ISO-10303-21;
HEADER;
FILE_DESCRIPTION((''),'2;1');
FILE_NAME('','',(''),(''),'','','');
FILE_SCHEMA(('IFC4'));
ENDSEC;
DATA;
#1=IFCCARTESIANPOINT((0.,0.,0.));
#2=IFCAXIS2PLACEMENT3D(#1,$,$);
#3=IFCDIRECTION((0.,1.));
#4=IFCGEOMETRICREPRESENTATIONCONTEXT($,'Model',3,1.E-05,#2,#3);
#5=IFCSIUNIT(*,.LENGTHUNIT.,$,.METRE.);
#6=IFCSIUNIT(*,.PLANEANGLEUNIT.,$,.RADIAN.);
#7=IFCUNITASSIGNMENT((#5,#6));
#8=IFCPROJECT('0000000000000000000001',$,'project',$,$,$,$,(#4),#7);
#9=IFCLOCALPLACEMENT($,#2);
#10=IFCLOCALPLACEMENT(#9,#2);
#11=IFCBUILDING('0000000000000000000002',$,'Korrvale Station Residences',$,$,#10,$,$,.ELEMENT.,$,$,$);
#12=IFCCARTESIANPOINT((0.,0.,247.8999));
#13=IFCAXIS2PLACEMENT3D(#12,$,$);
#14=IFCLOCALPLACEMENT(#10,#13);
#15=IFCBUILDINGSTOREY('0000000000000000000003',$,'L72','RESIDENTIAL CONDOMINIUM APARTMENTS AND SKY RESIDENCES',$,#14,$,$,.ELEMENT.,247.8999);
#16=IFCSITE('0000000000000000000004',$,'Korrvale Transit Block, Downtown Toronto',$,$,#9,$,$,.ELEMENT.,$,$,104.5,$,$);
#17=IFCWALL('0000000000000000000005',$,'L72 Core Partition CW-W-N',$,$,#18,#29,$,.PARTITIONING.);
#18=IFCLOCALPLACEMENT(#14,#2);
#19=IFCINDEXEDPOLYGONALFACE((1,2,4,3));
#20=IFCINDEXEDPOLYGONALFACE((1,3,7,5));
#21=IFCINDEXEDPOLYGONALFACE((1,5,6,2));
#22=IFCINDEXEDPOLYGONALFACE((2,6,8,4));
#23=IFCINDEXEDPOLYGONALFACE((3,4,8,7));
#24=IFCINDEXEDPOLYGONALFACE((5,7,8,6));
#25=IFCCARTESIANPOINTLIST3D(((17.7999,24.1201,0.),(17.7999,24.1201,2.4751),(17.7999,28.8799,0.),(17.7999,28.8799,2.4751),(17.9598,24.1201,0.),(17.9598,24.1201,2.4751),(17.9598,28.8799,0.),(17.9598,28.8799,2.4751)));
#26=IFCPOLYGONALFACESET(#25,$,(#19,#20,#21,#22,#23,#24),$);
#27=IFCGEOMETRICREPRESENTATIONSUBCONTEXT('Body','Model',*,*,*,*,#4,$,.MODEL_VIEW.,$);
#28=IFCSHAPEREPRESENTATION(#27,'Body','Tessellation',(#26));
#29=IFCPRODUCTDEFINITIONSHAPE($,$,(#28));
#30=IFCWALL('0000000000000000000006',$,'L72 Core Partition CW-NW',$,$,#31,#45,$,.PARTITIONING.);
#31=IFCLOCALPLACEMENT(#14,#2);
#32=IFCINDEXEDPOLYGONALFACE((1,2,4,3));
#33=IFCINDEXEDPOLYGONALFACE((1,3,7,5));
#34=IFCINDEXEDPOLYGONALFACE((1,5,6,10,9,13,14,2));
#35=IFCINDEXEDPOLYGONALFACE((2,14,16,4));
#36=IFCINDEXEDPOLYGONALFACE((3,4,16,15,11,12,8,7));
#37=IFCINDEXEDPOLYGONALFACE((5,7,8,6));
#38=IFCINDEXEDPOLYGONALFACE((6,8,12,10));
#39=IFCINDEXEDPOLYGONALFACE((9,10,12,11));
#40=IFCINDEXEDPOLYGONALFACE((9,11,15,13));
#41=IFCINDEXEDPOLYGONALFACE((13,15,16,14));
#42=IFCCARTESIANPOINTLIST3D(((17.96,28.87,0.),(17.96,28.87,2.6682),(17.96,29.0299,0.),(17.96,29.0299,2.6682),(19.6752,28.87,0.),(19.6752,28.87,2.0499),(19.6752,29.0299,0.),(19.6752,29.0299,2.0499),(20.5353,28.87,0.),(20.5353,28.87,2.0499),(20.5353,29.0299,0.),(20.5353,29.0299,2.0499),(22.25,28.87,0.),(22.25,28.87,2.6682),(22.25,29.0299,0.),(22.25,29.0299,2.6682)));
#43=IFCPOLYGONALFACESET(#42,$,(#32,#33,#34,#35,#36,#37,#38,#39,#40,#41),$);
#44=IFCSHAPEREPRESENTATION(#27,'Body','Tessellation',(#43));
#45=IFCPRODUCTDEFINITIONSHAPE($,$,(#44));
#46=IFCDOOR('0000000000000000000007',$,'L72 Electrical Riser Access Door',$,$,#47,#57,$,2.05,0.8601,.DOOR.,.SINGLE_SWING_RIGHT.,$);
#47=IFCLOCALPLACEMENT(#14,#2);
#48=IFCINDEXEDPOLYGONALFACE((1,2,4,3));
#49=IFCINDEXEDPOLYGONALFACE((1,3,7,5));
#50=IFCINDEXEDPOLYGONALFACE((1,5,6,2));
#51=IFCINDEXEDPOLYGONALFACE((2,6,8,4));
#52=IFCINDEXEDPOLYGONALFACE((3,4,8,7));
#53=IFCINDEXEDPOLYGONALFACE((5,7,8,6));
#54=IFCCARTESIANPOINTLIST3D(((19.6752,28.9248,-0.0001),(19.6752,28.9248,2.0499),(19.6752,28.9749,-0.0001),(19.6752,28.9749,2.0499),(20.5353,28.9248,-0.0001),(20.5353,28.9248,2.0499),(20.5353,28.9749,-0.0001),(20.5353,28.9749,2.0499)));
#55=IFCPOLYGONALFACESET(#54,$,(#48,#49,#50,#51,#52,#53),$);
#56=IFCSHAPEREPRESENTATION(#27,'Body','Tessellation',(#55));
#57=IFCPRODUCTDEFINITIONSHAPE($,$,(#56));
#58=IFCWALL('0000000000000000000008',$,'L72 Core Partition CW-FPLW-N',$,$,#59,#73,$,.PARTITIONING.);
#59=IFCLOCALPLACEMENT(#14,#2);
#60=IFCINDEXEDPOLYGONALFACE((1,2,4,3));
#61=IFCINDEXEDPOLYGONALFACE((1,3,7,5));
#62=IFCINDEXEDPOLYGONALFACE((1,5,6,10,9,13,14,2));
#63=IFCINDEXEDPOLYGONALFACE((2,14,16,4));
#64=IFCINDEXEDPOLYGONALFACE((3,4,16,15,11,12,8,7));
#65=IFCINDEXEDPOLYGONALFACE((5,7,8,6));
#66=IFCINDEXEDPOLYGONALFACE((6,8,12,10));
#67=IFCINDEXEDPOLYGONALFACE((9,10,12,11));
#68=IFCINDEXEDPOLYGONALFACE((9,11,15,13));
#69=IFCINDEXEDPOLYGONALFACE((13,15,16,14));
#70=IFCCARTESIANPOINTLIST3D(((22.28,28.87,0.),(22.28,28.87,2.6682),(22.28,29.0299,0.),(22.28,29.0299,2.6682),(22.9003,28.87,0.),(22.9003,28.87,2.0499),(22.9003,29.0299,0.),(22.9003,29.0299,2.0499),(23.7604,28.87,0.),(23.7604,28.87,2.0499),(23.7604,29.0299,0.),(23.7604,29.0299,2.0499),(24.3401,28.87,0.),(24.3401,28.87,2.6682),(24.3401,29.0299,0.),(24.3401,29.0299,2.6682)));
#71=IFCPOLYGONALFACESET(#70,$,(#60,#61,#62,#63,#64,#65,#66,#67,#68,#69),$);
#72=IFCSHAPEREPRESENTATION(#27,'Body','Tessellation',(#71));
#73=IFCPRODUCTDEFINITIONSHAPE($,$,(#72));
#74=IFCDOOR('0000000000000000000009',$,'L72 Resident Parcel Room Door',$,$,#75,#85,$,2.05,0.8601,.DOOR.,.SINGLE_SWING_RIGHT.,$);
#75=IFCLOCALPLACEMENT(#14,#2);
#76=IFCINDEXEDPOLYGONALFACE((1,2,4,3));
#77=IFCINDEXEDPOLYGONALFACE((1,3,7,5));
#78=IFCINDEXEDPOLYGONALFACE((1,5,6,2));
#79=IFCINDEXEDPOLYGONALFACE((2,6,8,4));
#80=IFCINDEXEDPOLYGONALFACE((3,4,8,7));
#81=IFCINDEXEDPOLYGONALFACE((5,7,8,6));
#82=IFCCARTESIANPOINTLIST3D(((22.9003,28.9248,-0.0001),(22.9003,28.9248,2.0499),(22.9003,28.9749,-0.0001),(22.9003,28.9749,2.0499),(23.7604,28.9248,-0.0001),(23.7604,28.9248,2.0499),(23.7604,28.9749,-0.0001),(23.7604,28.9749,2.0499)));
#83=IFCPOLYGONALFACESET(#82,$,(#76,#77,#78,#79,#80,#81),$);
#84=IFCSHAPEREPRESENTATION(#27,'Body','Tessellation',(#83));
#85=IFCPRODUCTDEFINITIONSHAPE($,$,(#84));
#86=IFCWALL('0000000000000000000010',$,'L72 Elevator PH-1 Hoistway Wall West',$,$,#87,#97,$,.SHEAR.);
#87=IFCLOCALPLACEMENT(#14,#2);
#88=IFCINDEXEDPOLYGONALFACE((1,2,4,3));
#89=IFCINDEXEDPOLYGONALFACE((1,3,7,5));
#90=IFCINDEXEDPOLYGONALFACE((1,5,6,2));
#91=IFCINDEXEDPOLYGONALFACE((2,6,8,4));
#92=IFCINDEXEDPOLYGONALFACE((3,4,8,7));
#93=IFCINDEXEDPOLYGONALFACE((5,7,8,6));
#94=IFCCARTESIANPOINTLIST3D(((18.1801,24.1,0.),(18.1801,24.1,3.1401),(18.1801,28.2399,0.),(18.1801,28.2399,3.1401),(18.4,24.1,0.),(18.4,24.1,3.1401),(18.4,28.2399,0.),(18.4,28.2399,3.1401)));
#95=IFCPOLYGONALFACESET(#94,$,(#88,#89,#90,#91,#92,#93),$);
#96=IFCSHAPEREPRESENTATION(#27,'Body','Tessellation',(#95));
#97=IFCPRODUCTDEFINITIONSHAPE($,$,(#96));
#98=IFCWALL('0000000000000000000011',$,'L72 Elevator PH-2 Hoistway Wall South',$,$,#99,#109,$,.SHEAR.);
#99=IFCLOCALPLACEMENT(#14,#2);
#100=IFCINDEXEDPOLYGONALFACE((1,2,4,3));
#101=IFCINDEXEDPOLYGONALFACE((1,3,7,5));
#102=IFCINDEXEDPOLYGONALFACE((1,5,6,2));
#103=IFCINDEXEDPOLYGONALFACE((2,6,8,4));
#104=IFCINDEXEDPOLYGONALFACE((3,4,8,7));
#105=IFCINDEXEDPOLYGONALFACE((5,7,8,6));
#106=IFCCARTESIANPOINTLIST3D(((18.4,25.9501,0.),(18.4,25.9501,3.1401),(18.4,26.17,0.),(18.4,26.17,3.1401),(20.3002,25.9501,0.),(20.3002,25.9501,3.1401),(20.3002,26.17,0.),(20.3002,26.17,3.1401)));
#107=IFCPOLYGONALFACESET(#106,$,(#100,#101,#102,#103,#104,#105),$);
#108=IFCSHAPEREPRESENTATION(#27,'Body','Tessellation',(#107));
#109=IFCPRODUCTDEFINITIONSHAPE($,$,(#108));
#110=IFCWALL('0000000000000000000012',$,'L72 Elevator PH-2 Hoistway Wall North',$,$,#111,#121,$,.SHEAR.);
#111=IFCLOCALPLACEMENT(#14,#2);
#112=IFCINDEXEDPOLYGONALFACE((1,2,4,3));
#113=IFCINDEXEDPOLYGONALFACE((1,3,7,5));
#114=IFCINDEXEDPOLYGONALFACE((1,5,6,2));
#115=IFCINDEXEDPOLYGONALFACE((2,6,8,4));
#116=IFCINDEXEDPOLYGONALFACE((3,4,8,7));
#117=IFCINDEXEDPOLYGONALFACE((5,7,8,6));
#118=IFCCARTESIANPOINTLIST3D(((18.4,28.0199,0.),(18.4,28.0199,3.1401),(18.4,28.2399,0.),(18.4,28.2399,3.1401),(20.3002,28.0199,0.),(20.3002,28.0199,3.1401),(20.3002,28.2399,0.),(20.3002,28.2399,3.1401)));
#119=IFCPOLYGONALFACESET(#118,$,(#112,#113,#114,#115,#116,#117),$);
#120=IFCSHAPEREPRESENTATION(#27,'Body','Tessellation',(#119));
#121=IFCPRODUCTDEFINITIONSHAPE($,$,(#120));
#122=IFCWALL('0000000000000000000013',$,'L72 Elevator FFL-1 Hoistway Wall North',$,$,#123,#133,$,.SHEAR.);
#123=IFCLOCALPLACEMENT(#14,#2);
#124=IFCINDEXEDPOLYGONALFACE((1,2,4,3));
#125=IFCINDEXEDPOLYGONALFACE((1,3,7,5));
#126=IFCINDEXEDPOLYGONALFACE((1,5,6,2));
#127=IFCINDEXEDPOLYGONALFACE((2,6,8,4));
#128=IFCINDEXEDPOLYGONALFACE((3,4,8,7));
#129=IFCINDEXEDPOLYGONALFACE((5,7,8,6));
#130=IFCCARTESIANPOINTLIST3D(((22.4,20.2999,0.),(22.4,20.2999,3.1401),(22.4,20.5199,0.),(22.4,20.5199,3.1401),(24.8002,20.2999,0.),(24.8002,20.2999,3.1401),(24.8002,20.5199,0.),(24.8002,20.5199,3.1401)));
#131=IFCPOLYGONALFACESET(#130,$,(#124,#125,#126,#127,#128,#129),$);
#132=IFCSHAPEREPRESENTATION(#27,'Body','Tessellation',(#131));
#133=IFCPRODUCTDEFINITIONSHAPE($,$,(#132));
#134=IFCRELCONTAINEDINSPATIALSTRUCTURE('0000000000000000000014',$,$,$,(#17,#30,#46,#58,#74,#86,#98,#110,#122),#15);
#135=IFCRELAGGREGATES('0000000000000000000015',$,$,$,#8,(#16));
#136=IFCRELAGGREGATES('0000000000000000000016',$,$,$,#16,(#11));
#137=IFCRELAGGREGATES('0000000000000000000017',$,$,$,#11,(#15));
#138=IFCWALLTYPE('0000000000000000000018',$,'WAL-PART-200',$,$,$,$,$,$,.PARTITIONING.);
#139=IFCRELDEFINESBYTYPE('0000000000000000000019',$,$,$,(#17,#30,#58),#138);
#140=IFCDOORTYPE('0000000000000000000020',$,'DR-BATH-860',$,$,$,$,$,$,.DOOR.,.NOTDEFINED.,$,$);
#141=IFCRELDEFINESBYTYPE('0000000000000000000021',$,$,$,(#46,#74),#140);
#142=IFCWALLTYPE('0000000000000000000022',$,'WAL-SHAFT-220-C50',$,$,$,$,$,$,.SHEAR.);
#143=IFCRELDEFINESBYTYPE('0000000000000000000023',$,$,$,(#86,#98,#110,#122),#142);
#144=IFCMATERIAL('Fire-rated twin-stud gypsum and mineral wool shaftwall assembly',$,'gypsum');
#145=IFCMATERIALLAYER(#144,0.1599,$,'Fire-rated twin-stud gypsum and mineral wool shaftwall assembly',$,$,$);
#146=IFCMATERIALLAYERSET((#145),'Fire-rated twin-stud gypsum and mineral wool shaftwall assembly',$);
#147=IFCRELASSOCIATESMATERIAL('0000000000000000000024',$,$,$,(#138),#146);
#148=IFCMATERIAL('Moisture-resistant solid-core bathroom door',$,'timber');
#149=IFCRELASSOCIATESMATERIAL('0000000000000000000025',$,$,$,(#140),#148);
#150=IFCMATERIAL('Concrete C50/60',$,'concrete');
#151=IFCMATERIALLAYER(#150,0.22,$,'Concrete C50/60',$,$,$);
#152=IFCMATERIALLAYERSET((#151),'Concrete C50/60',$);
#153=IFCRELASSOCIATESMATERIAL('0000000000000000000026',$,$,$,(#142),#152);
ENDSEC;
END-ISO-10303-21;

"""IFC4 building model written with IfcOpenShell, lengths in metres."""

from ifc_helpers import new_model, si_unit, direction, frame, frame_2d, origin, place, context, subcontext, project, spatial, rectangle, extrude, material, layer, layer_set, type_object, element, fill, save


model = new_model("IFC4")

# Units and contexts
model_context = context("Model", 3, precision=1e-05, world=origin(), true_north=direction((0.0, 1.0)))
body_context = subcontext(model_context, "Body", "Model", "MODEL_VIEW")
ifc_project = project(units=[si_unit("LENGTHUNIT", "METRE"), si_unit("PLANEANGLEUNIT", "RADIAN")], contexts=[model_context])

# Site, building, storey
site_placement = place(None, origin())
site = spatial("IfcSite", under=ifc_project, at=site_placement, Name="Korrvale Transit Block, Downtown Toronto", CompositionType="ELEMENT", RefElevation=104.5)
building_placement = place(site_placement, origin())
building = spatial("IfcBuilding", under=site, at=building_placement, Name="Korrvale Station Residences", CompositionType="ELEMENT")
storey_placement = place(building_placement, frame((0.0, 0.0, 247.8999)))
storey = spatial("IfcBuildingStorey", under=building, at=storey_placement, Name="L72", Description="RESIDENTIAL CONDOMINIUM APARTMENTS AND SKY RESIDENCES", CompositionType="ELEMENT", Elevation=247.8999)

# Shared definitions
ifc_material_1 = material(Name="Concrete C50/60", Category="concrete")

# Wall
ifc_material_2 = material(Name="Fire-rated twin-stud gypsum and mineral wool shaftwall assembly", Category="gypsum")
ifc_layer_1 = layer(ifc_material_2, 0.1599, Name="Fire-rated twin-stud gypsum and mineral wool shaftwall assembly")
ifc_layer_set_1 = layer_set([ifc_layer_1], Name="Fire-rated twin-stud gypsum and mineral wool shaftwall assembly")
wall_type_1 = type_object("IfcWallType", Name="WAL-PART-200", PredefinedType="PARTITIONING", material=ifc_layer_set_1)
wall_1_placement = place(storey_placement, frame((17.8799, 24.1201, 0.0), z_axis=(0.0, 0.0, 1.0), x_axis=(0.0, 1.0, 0.0)))
element("IfcWall", 1, at=wall_1_placement, inside=storey, type_object=wall_type_1, Name="L72 Core Partition CW-W-N", PredefinedType="PARTITIONING", context=body_context, shape_type="SweptSolid", body=[
    extrude(rectangle(XDim=4.7598, YDim=0.1599, at=frame_2d((2.3799, 0.0))), origin(), (0.0, 0.0, 1.0), 2.4751),
])

# Walls, openings, doors
wall_2_placement = place(storey_placement, frame((17.96, 28.95, 0.0), z_axis=(0.0, 0.0, 1.0), x_axis=(1.0, 0.0, 0.0)))
wall_2 = element("IfcWall", 2, at=wall_2_placement, inside=storey, type_object=wall_type_1, Name="L72 Core Partition CW-NW", PredefinedType="PARTITIONING", context=body_context, shape_type="SweptSolid", body=[
    extrude(rectangle(XDim=4.29, YDim=0.1599, at=frame_2d((2.145, 0.0))), origin(), (0.0, 0.0, 1.0), 2.6682),
])
opening_1_placement = place(wall_2_placement, frame((1.7151, 0.0, 0.0)))
opening_1 = element("IfcOpeningElement", 3, at=opening_1_placement, cuts=wall_2, PredefinedType="OPENING", context=body_context, shape_type="SweptSolid", body=[
    extrude(rectangle(XDim=0.8601, YDim=2.05, at=frame_2d((0.4302, 1.0249))), frame((0.0, 0.0898, 0.0), z_axis=(0.0, -1.0, 0.0), x_axis=(1.0, 0.0, 0.0)), (0.0, 0.0, 1.0), 0.1799),
])
ifc_material_3 = material(Name="Moisture-resistant solid-core bathroom door", Category="timber")
door_type_1 = type_object("IfcDoorType", Name="DR-BATH-860", OperationType="NOTDEFINED", PredefinedType="DOOR", material=ifc_material_3)
door_1_placement = place(opening_1_placement, origin())
door_1 = element("IfcDoor", 4, at=door_1_placement, inside=storey, type_object=door_type_1, Name="L72 Electrical Riser Access Door", OperationType="SINGLE_SWING_RIGHT", OverallHeight=2.05, OverallWidth=0.8601, PredefinedType="DOOR", context=body_context, shape_type="SweptSolid", body=[
    extrude(rectangle(XDim=0.8601, YDim=2.05, at=frame_2d((0.4302, 1.0249))), frame((0.0, 0.0249, 0.0), z_axis=(0.0, -1.0, 0.0), x_axis=(1.0, 0.0, 0.0)), (0.0, 0.0, 1.0), 0.05),
])
fill(opening_1, door_1)
wall_3_placement = place(storey_placement, frame((22.28, 28.95, 0.0), z_axis=(0.0, 0.0, 1.0), x_axis=(1.0, 0.0, 0.0)))
wall_3 = element("IfcWall", 5, at=wall_3_placement, inside=storey, type_object=wall_type_1, Name="L72 Core Partition CW-FPLW-N", PredefinedType="PARTITIONING", context=body_context, shape_type="SweptSolid", body=[
    extrude(rectangle(XDim=2.0601, YDim=0.1599, at=frame_2d((1.03, 0.0))), origin(), (0.0, 0.0, 1.0), 2.6682),
])
opening_2_placement = place(wall_3_placement, frame((0.6201, 0.0, 0.0)))
opening_2 = element("IfcOpeningElement", 6, at=opening_2_placement, cuts=wall_3, PredefinedType="OPENING", context=body_context, shape_type="SweptSolid", body=[
    extrude(rectangle(XDim=0.8601, YDim=2.05, at=frame_2d((0.4302, 1.0249))), frame((0.0, 0.0898, 0.0), z_axis=(0.0, -1.0, 0.0), x_axis=(1.0, 0.0, 0.0)), (0.0, 0.0, 1.0), 0.1799),
])
door_2_placement = place(opening_2_placement, origin())
door_2 = element("IfcDoor", 7, at=door_2_placement, inside=storey, type_object=door_type_1, Name="L72 Resident Parcel Room Door", OperationType="SINGLE_SWING_RIGHT", OverallHeight=2.05, OverallWidth=0.8601, PredefinedType="DOOR", context=body_context, shape_type="SweptSolid", body=[
    extrude(rectangle(XDim=0.8601, YDim=2.05, at=frame_2d((0.4302, 1.0249))), frame((0.0, 0.0249, 0.0), z_axis=(0.0, -1.0, 0.0), x_axis=(1.0, 0.0, 0.0)), (0.0, 0.0, 1.0), 0.05),
])
fill(opening_2, door_2)

# Wall
ifc_layer_2 = layer(ifc_material_1, 0.22, Name="Concrete C50/60")
ifc_layer_set_2 = layer_set([ifc_layer_2], Name="Concrete C50/60")
wall_type_2 = type_object("IfcWallType", Name="WAL-SHAFT-220-C50", PredefinedType="SHEAR", material=ifc_layer_set_2)
wall_4_placement = place(storey_placement, frame((18.29, 24.1001, 0.0), z_axis=(0.0, 0.0, 1.0), x_axis=(0.0, 1.0, 0.0)))
element("IfcWall", 8, at=wall_4_placement, inside=storey, type_object=wall_type_2, Name="L72 Elevator PH-1 Hoistway Wall West", PredefinedType="SHEAR", context=body_context, shape_type="SweptSolid", body=[
    extrude(rectangle(XDim=4.1399, YDim=0.22, at=frame_2d((2.0698, 0.0))), origin(), (0.0, 0.0, 1.0), 3.1401),
])

# Walls
for number, where, z_axis, x_axis, name in (
    (9, (18.3999, 26.0601, 0.0), (0.0, 0.0, 1.0), (1.0, 0.0, 0.0), "L72 Elevator PH-2 Hoistway Wall South"),
    (10, (18.3999, 28.1299, 0.0), (0.0, 0.0, 1.0), (1.0, 0.0, 0.0), "L72 Elevator PH-2 Hoistway Wall North"),
):
    element("IfcWall", number, at=place(storey_placement, frame(where, z_axis=z_axis, x_axis=x_axis)), inside=storey, type_object=wall_type_2, Name=name, PredefinedType="SHEAR", context=body_context, shape_type="SweptSolid", body=[
        extrude(rectangle(XDim=1.9001, YDim=0.22, at=frame_2d((0.9502, 0.0))), origin(), (0.0, 0.0, 1.0), 3.1401),
    ])

# Wall
wall_5_placement = place(storey_placement, frame((22.3999, 20.4099, 0.0), z_axis=(0.0, 0.0, 1.0), x_axis=(1.0, 0.0, 0.0)))
element("IfcWall", 11, at=wall_5_placement, inside=storey, type_object=wall_type_2, Name="L72 Elevator FFL-1 Hoistway Wall North", PredefinedType="SHEAR", context=body_context, shape_type="SweptSolid", body=[
    extrude(rectangle(XDim=2.4001, YDim=0.22, at=frame_2d((1.2002, 0.0))), origin(), (0.0, 0.0, 1.0), 3.1401),
])

save(model, "model.ifc")
